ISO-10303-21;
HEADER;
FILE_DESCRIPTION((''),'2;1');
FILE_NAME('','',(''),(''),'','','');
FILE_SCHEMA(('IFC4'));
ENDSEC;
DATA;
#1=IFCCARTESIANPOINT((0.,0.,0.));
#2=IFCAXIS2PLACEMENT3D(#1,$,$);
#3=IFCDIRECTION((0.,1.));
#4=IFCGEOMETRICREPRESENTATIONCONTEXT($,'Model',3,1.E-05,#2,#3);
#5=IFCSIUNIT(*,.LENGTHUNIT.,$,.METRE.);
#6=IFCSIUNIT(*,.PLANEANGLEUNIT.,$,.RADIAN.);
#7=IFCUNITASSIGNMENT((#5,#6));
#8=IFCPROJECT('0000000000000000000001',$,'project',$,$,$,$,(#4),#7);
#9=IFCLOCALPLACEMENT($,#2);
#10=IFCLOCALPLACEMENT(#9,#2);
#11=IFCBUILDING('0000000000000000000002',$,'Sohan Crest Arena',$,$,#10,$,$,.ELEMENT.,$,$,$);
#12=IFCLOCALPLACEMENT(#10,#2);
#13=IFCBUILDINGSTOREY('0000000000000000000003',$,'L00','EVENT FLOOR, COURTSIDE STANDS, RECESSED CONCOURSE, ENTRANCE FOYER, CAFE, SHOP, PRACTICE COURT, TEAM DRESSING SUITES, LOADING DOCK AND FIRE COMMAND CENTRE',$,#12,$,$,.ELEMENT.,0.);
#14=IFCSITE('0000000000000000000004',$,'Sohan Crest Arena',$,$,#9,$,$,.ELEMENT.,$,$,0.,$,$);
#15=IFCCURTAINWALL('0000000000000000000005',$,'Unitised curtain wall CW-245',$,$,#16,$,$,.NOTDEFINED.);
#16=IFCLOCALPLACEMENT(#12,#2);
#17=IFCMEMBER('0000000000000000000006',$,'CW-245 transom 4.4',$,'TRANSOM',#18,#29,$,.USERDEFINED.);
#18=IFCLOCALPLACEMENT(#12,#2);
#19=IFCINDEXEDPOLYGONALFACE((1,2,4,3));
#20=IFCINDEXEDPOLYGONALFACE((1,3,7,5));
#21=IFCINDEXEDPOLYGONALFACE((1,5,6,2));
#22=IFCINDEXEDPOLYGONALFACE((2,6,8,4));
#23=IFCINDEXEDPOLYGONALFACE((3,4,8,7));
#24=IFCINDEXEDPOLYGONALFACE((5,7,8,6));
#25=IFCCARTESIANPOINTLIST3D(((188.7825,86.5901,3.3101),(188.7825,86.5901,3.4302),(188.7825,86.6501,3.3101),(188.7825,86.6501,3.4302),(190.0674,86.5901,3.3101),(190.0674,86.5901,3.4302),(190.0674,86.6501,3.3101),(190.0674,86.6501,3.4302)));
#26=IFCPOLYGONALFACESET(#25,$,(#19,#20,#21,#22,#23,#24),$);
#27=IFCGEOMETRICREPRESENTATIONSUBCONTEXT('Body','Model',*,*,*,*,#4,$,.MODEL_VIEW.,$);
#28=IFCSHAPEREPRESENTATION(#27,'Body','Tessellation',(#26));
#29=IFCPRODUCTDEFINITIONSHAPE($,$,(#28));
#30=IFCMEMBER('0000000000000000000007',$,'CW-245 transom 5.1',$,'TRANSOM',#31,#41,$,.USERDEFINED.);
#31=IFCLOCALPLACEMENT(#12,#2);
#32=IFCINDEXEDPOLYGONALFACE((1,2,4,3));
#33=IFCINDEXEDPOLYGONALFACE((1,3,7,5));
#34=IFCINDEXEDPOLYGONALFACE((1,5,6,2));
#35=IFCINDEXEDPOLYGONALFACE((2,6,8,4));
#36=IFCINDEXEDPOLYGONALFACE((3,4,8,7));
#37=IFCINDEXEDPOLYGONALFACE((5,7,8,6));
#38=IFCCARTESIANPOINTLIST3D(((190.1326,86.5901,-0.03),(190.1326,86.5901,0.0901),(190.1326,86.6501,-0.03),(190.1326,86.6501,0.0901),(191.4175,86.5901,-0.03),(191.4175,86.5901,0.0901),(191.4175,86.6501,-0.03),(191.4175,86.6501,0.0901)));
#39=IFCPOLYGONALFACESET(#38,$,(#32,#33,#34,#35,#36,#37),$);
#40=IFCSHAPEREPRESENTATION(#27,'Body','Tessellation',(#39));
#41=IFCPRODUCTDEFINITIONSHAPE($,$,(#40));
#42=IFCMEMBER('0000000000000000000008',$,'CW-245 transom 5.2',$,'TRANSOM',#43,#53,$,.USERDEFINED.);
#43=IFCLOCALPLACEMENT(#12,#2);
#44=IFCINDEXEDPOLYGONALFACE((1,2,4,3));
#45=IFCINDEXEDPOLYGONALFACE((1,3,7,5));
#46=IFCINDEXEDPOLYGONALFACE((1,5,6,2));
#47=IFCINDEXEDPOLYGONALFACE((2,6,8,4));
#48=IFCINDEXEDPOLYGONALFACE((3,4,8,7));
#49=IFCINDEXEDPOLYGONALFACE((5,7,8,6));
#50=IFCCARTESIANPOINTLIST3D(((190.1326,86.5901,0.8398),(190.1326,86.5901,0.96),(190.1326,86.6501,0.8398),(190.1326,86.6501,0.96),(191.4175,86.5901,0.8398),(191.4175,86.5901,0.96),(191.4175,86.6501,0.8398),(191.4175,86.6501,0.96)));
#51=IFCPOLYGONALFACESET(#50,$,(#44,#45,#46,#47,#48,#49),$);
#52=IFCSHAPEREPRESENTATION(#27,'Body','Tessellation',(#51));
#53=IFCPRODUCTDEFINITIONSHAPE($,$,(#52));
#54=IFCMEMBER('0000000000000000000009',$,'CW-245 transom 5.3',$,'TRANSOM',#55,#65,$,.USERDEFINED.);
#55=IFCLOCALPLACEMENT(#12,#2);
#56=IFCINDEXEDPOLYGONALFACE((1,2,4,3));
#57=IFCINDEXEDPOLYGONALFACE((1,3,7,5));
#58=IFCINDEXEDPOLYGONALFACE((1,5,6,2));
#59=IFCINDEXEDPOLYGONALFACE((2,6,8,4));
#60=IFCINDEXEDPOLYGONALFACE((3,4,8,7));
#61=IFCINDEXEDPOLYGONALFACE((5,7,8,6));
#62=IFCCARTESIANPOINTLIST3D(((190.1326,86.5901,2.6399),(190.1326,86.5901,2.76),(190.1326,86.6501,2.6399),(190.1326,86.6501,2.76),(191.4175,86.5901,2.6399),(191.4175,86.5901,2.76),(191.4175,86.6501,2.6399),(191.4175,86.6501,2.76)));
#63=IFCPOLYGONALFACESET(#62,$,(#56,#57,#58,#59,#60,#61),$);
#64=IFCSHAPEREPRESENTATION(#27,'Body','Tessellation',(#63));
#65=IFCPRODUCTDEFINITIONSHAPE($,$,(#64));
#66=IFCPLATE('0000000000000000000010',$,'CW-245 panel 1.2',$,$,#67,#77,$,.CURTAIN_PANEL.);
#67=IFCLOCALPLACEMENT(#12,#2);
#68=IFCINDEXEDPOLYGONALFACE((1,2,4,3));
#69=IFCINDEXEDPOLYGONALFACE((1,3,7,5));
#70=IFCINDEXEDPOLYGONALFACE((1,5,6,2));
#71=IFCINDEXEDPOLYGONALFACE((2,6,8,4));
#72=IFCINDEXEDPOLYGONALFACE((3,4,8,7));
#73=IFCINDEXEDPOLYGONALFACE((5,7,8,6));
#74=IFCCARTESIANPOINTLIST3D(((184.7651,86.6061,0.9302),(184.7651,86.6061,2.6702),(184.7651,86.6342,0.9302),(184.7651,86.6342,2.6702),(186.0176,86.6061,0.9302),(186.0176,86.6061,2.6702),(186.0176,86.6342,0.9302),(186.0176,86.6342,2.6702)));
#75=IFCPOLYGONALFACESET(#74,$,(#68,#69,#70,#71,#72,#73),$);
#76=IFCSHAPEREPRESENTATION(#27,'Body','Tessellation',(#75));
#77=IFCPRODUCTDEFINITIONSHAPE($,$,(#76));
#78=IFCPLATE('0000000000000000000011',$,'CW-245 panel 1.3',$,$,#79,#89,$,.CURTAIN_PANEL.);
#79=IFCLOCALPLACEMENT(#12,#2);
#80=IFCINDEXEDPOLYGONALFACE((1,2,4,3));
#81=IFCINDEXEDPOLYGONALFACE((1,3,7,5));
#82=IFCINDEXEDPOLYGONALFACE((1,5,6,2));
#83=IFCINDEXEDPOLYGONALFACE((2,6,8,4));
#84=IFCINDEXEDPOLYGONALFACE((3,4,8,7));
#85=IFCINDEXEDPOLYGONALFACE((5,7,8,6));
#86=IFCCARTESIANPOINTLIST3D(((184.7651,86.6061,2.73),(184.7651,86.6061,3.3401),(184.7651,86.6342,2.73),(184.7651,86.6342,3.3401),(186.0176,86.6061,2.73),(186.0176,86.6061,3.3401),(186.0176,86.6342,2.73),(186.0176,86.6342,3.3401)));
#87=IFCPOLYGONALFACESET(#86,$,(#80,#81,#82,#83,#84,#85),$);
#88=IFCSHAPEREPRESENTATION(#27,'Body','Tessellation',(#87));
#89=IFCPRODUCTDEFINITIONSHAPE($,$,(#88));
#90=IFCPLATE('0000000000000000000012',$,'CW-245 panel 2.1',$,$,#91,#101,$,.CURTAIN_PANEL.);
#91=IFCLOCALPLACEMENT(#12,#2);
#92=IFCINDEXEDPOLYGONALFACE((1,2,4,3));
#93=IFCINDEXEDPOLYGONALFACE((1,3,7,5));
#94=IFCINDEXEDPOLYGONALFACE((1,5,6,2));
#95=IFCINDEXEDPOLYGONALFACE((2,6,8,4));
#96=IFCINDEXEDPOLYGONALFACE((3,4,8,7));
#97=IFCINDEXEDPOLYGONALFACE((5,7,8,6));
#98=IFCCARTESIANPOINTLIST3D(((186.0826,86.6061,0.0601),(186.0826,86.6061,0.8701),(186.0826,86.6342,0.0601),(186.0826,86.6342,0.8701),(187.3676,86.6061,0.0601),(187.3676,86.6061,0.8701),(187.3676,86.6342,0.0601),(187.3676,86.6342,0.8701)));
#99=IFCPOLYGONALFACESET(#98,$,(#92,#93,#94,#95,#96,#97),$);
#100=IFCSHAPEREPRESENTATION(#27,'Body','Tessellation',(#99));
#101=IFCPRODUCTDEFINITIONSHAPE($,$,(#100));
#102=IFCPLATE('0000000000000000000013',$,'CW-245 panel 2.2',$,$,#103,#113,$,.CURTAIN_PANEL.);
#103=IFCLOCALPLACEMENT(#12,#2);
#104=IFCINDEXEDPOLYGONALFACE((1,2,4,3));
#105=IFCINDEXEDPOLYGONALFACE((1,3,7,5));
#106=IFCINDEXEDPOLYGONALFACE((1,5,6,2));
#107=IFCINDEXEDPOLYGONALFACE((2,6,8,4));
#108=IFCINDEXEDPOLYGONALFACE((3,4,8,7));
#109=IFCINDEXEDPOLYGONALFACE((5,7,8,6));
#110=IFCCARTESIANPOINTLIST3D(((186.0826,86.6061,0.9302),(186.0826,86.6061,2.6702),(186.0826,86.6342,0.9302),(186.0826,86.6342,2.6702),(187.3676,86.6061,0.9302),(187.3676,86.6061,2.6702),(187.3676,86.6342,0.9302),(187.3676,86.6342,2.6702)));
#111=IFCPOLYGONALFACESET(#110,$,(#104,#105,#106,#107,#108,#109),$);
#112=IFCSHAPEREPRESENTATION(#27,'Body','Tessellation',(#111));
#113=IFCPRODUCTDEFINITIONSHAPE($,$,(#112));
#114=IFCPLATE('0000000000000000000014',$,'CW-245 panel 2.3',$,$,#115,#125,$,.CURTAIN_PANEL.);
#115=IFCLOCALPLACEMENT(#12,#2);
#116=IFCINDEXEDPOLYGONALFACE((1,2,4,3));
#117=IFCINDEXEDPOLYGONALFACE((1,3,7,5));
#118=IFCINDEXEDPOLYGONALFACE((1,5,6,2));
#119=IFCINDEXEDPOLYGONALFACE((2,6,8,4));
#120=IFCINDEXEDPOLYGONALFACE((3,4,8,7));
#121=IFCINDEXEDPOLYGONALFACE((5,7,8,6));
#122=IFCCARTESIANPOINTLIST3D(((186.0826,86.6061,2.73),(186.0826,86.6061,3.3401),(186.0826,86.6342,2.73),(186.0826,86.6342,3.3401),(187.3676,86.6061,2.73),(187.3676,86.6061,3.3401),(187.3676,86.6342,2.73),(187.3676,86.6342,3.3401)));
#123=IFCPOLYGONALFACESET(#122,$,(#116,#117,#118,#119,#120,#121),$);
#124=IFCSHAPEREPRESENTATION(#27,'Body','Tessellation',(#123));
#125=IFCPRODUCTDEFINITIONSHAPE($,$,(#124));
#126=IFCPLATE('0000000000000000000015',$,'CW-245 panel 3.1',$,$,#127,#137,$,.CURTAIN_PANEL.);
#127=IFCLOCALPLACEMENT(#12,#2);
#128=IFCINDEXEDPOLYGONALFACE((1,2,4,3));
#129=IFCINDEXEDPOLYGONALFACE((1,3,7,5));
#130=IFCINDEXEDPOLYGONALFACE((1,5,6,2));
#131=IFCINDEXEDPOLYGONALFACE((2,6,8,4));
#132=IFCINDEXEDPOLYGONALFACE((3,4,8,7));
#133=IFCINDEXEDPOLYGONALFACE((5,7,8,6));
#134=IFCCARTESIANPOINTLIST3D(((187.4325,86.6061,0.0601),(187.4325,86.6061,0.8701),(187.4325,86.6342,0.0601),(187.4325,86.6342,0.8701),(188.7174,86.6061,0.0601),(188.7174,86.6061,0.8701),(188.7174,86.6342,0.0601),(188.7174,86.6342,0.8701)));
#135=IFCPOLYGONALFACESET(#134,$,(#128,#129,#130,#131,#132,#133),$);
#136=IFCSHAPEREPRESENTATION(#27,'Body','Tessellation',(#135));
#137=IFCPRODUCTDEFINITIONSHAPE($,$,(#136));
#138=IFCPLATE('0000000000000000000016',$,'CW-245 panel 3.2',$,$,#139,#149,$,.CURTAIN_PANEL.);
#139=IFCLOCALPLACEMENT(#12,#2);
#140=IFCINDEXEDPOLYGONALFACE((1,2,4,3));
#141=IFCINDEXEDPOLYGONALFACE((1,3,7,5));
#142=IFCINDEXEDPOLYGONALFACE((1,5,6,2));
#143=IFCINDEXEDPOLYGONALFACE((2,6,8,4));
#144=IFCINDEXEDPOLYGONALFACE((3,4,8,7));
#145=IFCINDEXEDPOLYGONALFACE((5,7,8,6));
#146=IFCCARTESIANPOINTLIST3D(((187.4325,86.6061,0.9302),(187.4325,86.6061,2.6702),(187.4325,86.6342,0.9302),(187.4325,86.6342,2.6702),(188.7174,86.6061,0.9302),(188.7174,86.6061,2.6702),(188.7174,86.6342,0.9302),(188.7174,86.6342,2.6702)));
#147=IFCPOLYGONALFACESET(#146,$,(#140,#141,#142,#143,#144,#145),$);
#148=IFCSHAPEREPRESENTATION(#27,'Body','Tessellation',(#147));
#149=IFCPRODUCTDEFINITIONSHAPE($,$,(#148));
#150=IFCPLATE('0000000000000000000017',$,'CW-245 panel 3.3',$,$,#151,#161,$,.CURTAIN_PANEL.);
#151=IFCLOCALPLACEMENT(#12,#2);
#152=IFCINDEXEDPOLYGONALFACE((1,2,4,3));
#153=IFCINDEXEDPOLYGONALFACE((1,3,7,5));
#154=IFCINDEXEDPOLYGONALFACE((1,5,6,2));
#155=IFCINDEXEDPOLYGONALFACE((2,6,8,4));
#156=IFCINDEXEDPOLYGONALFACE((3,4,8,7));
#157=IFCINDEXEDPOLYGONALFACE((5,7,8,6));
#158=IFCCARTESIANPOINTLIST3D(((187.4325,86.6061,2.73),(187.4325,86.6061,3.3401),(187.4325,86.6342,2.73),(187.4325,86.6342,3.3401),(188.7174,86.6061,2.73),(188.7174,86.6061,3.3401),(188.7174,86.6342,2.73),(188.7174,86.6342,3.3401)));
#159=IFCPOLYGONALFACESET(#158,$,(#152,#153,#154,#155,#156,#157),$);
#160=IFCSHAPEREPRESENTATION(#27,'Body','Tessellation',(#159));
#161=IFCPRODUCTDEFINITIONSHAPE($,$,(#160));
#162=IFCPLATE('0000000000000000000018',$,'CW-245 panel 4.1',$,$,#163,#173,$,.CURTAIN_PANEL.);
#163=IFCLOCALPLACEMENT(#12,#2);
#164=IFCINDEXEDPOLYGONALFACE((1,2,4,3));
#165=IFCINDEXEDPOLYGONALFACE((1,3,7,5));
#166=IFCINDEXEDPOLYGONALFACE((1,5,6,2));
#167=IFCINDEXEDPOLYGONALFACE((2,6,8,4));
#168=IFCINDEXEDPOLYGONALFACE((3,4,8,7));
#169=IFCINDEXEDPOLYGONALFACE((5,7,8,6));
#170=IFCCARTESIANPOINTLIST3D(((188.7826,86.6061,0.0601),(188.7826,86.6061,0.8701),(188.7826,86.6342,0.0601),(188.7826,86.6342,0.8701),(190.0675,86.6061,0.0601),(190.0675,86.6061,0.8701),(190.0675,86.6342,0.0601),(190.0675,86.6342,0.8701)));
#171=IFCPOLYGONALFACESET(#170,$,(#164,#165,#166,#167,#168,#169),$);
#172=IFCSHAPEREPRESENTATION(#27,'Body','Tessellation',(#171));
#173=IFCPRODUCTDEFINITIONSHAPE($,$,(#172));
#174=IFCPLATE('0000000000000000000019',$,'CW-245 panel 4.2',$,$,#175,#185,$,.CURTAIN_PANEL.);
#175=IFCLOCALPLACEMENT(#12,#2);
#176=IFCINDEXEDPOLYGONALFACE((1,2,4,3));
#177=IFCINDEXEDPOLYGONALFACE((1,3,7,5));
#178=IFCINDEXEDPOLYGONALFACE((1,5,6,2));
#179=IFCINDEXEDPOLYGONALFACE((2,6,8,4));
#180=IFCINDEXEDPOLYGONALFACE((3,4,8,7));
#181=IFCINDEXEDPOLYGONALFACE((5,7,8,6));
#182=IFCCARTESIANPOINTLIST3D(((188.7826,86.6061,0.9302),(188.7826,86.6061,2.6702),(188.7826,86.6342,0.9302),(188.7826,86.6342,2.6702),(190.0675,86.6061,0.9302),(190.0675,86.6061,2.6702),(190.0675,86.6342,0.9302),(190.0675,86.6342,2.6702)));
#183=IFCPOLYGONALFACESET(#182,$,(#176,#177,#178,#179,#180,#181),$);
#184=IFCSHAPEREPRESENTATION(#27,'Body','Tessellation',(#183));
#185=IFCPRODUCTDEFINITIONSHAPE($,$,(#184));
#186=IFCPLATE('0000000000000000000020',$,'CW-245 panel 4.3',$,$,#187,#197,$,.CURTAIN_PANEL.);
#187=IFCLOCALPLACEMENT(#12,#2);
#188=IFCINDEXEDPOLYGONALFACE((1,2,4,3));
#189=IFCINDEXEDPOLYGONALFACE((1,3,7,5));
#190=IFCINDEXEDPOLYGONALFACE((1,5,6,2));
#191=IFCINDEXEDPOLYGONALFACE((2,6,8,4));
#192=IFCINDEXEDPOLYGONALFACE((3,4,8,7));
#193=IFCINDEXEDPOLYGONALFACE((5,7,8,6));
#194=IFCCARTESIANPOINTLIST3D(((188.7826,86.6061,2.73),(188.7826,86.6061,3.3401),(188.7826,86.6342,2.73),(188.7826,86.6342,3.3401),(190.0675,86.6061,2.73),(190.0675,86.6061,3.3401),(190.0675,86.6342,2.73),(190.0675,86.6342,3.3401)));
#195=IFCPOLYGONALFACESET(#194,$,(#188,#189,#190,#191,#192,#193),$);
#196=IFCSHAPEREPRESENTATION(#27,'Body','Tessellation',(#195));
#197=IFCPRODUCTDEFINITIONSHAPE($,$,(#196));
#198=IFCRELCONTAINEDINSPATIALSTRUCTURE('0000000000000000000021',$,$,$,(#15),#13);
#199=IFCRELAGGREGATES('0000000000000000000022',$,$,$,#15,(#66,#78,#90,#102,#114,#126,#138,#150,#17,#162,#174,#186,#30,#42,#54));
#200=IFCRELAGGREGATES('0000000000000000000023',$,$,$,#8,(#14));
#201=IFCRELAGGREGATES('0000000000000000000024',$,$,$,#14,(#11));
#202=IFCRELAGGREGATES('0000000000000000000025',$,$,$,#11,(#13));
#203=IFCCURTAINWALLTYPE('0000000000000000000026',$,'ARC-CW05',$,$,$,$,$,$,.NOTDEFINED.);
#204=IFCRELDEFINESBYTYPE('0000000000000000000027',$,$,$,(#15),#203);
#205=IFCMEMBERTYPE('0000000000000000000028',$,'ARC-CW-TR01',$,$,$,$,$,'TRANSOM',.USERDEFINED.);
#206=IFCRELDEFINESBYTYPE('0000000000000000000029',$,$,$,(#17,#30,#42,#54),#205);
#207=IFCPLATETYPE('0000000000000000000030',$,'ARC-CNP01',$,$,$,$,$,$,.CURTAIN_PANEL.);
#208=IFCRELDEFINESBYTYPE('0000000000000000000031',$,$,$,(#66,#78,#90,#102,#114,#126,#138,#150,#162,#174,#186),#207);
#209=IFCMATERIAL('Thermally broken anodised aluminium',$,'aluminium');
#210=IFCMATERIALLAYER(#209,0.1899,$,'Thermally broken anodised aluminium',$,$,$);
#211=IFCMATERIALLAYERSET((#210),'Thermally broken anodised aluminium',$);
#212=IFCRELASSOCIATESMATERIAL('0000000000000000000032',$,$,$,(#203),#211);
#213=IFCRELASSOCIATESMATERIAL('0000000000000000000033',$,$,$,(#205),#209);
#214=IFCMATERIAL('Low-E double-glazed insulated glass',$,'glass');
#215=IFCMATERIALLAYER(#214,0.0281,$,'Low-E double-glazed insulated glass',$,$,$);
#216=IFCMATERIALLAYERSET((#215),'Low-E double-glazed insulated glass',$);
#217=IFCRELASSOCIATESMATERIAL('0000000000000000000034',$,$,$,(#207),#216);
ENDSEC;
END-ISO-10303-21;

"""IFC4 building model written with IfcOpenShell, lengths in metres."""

from ifc_helpers import new_model, si_unit, direction, frame, origin, origin_2d, place, context, subcontext, project, spatial, rectangle, extrude, material, layer, layer_set, material_profile, profile_set, type_object, element, aggregate, save


model = new_model("IFC4")

# Units and contexts
model_context = context("Model", 3, precision=1e-05, world=origin(), true_north=direction((0.0, 1.0)))
body_context = subcontext(model_context, "Body", "Model", "MODEL_VIEW")
ifc_project = project(units=[si_unit("LENGTHUNIT", "METRE"), si_unit("PLANEANGLEUNIT", "RADIAN")], contexts=[model_context])

# Site, building, storey
site_placement = place(None, origin())
site = spatial("IfcSite", under=ifc_project, at=site_placement, Name="Sohan Crest Arena", CompositionType="ELEMENT", RefElevation=0.0)
building_placement = place(site_placement, origin())
building = spatial("IfcBuilding", under=site, at=building_placement, Name="Sohan Crest Arena", CompositionType="ELEMENT")
storey_placement = place(building_placement, origin())
storey = spatial("IfcBuildingStorey", under=building, at=storey_placement, Name="L00", Description="EVENT FLOOR, COURTSIDE STANDS, RECESSED CONCOURSE, ENTRANCE FOYER, CAFE, SHOP, PRACTICE COURT, TEAM DRESSING SUITES, LOADING DOCK AND FIRE COMMAND CENTRE", CompositionType="ELEMENT", Elevation=0.0)

# Curtain wall, members, plates
ifc_material_1 = material(Name="Thermally broken anodised aluminium", Category="aluminium")
ifc_layer_1 = layer(ifc_material_1, 0.1899, Name="Thermally broken anodised aluminium")
ifc_layer_set_1 = layer_set([ifc_layer_1], Name="Thermally broken anodised aluminium")
curtain_wall_type = type_object("IfcCurtainWallType", Name="ARC-CW05", PredefinedType="NOTDEFINED", material=ifc_layer_set_1)
curtain_wall_placement = place(storey_placement, origin())
curtain_wall = element("IfcCurtainWall", 1, at=curtain_wall_placement, inside=storey, type_object=curtain_wall_type, Name="Unitised curtain wall CW-245", PredefinedType="NOTDEFINED")
ifc_material_profile_1 = material_profile(ifc_material_1, rectangle(XDim=0.0601, YDim=0.1201, at=origin_2d()), Name="ALU-TRAN 60x120")
ifc_profile_set_1 = profile_set([ifc_material_profile_1], Name="Thermally broken anodised aluminium")
member_type_1 = type_object("IfcMemberType", Name="ARC-CW-TR01", ElementType="TRANSOM", PredefinedType="USERDEFINED", material=ifc_profile_set_1)
member_1_placement = place(storey_placement, frame((188.7825, 86.6201, 3.3701), z_axis=(1.0, 0.0, 0.0), x_axis=(0.0, 1.0, 0.0)))
member_1 = element("IfcMember", 2, at=member_1_placement, type_object=member_type_1, Name="CW-245 transom 4.4", ObjectType="TRANSOM", PredefinedType="USERDEFINED", context=body_context, shape_type="SweptSolid", body=[
    extrude(rectangle(XDim=0.0601, YDim=0.1201, at=origin_2d()), origin(), (0.0, 0.0, 1.0), 1.2849),
])
member_2_placement = place(storey_placement, frame((190.1326, 86.6201, 0.03), z_axis=(1.0, 0.0, 0.0), x_axis=(0.0, 1.0, 0.0)))
member_2 = element("IfcMember", 3, at=member_2_placement, type_object=member_type_1, Name="CW-245 transom 5.1", ObjectType="TRANSOM", PredefinedType="USERDEFINED", context=body_context, shape_type="SweptSolid", body=[
    extrude(rectangle(XDim=0.0601, YDim=0.1201, at=origin_2d()), origin(), (0.0, 0.0, 1.0), 1.2849),
])
member_3_placement = place(storey_placement, frame((190.1326, 86.6201, 0.8999), z_axis=(1.0, 0.0, 0.0), x_axis=(0.0, 1.0, 0.0)))
member_3 = element("IfcMember", 4, at=member_3_placement, type_object=member_type_1, Name="CW-245 transom 5.2", ObjectType="TRANSOM", PredefinedType="USERDEFINED", context=body_context, shape_type="SweptSolid", body=[
    extrude(rectangle(XDim=0.0601, YDim=0.1201, at=origin_2d()), origin(), (0.0, 0.0, 1.0), 1.2849),
])
member_4_placement = place(storey_placement, frame((190.1326, 86.6201, 2.7), z_axis=(1.0, 0.0, 0.0), x_axis=(0.0, 1.0, 0.0)))
member_4 = element("IfcMember", 5, at=member_4_placement, type_object=member_type_1, Name="CW-245 transom 5.3", ObjectType="TRANSOM", PredefinedType="USERDEFINED", context=body_context, shape_type="SweptSolid", body=[
    extrude(rectangle(XDim=0.0601, YDim=0.1201, at=origin_2d()), origin(), (0.0, 0.0, 1.0), 1.2849),
])
ifc_material_2 = material(Name="Low-E double-glazed insulated glass", Category="glass")
ifc_layer_2 = layer(ifc_material_2, 0.0281, Name="Low-E double-glazed insulated glass")
ifc_layer_set_2 = layer_set([ifc_layer_2], Name="Low-E double-glazed insulated glass")
plate_type = type_object("IfcPlateType", Name="ARC-CNP01", PredefinedType="CURTAIN_PANEL", material=ifc_layer_set_2)
plate_1_placement = place(storey_placement, frame((185.3914, 86.6201, 0.9302), z_axis=(0.0, 0.0, 1.0), x_axis=(1.0, 0.0, 0.0)))
plate_1 = element("IfcPlate", 6, at=plate_1_placement, type_object=plate_type, Name="CW-245 panel 1.2", PredefinedType="CURTAIN_PANEL", context=body_context, shape_type="SweptSolid", body=[
    extrude(rectangle(XDim=1.2524, YDim=0.0281, at=origin_2d()), origin(), (0.0, 0.0, 1.0), 1.74),
])
plate_2_placement = place(storey_placement, frame((185.3914, 86.6201, 2.73), z_axis=(0.0, 0.0, 1.0), x_axis=(1.0, 0.0, 0.0)))
plate_2 = element("IfcPlate", 7, at=plate_2_placement, type_object=plate_type, Name="CW-245 panel 1.3", PredefinedType="CURTAIN_PANEL", context=body_context, shape_type="SweptSolid", body=[
    extrude(rectangle(XDim=1.2524, YDim=0.0281, at=origin_2d()), origin(), (0.0, 0.0, 1.0), 0.6101),
])
plate_3_placement = place(storey_placement, frame((186.7251, 86.6201, 0.0601), z_axis=(0.0, 0.0, 1.0), x_axis=(1.0, 0.0, 0.0)))
plate_3 = element("IfcPlate", 8, at=plate_3_placement, type_object=plate_type, Name="CW-245 panel 2.1", PredefinedType="CURTAIN_PANEL", context=body_context, shape_type="SweptSolid", body=[
    extrude(rectangle(XDim=1.2849, YDim=0.0281, at=origin_2d()), origin(), (0.0, 0.0, 1.0), 0.8101),
])
plate_4_placement = place(storey_placement, frame((186.7251, 86.6201, 0.9302), z_axis=(0.0, 0.0, 1.0), x_axis=(1.0, 0.0, 0.0)))
plate_4 = element("IfcPlate", 9, at=plate_4_placement, type_object=plate_type, Name="CW-245 panel 2.2", PredefinedType="CURTAIN_PANEL", context=body_context, shape_type="SweptSolid", body=[
    extrude(rectangle(XDim=1.2849, YDim=0.0281, at=origin_2d()), origin(), (0.0, 0.0, 1.0), 1.74),
])
plate_5_placement = place(storey_placement, frame((186.7251, 86.6201, 2.73), z_axis=(0.0, 0.0, 1.0), x_axis=(1.0, 0.0, 0.0)))
plate_5 = element("IfcPlate", 10, at=plate_5_placement, type_object=plate_type, Name="CW-245 panel 2.3", PredefinedType="CURTAIN_PANEL", context=body_context, shape_type="SweptSolid", body=[
    extrude(rectangle(XDim=1.2849, YDim=0.0281, at=origin_2d()), origin(), (0.0, 0.0, 1.0), 0.6101),
])
plate_6_placement = place(storey_placement, frame((188.075, 86.6201, 0.0601), z_axis=(0.0, 0.0, 1.0), x_axis=(1.0, 0.0, 0.0)))
plate_6 = element("IfcPlate", 11, at=plate_6_placement, type_object=plate_type, Name="CW-245 panel 3.1", PredefinedType="CURTAIN_PANEL", context=body_context, shape_type="SweptSolid", body=[
    extrude(rectangle(XDim=1.2849, YDim=0.0281, at=origin_2d()), origin(), (0.0, 0.0, 1.0), 0.8101),
])
plate_7_placement = place(storey_placement, frame((188.075, 86.6201, 0.9302), z_axis=(0.0, 0.0, 1.0), x_axis=(1.0, 0.0, 0.0)))
plate_7 = element("IfcPlate", 12, at=plate_7_placement, type_object=plate_type, Name="CW-245 panel 3.2", PredefinedType="CURTAIN_PANEL", context=body_context, shape_type="SweptSolid", body=[
    extrude(rectangle(XDim=1.2849, YDim=0.0281, at=origin_2d()), origin(), (0.0, 0.0, 1.0), 1.74),
])
plate_8_placement = place(storey_placement, frame((188.075, 86.6201, 2.73), z_axis=(0.0, 0.0, 1.0), x_axis=(1.0, 0.0, 0.0)))
plate_8 = element("IfcPlate", 13, at=plate_8_placement, type_object=plate_type, Name="CW-245 panel 3.3", PredefinedType="CURTAIN_PANEL", context=body_context, shape_type="SweptSolid", body=[
    extrude(rectangle(XDim=1.2849, YDim=0.0281, at=origin_2d()), origin(), (0.0, 0.0, 1.0), 0.6101),
])
plate_9_placement = place(storey_placement, frame((189.425, 86.6201, 0.0601), z_axis=(0.0, 0.0, 1.0), x_axis=(1.0, 0.0, 0.0)))
plate_9 = element("IfcPlate", 14, at=plate_9_placement, type_object=plate_type, Name="CW-245 panel 4.1", PredefinedType="CURTAIN_PANEL", context=body_context, shape_type="SweptSolid", body=[
    extrude(rectangle(XDim=1.2849, YDim=0.0281, at=origin_2d()), origin(), (0.0, 0.0, 1.0), 0.8101),
])
plate_10_placement = place(storey_placement, frame((189.425, 86.6201, 0.9302), z_axis=(0.0, 0.0, 1.0), x_axis=(1.0, 0.0, 0.0)))
plate_10 = element("IfcPlate", 15, at=plate_10_placement, type_object=plate_type, Name="CW-245 panel 4.2", PredefinedType="CURTAIN_PANEL", context=body_context, shape_type="SweptSolid", body=[
    extrude(rectangle(XDim=1.2849, YDim=0.0281, at=origin_2d()), origin(), (0.0, 0.0, 1.0), 1.74),
])
plate_11_placement = place(storey_placement, frame((189.425, 86.6201, 2.73), z_axis=(0.0, 0.0, 1.0), x_axis=(1.0, 0.0, 0.0)))
plate_11 = element("IfcPlate", 16, at=plate_11_placement, type_object=plate_type, Name="CW-245 panel 4.3", PredefinedType="CURTAIN_PANEL", context=body_context, shape_type="SweptSolid", body=[
    extrude(rectangle(XDim=1.2849, YDim=0.0281, at=origin_2d()), origin(), (0.0, 0.0, 1.0), 0.6101),
])
aggregate(curtain_wall, [plate_1, plate_2, plate_3, plate_4, plate_5, plate_6, plate_7, plate_8, member_1, plate_9, plate_10, plate_11, member_2, member_3, member_4])

save(model, "model.ifc")
